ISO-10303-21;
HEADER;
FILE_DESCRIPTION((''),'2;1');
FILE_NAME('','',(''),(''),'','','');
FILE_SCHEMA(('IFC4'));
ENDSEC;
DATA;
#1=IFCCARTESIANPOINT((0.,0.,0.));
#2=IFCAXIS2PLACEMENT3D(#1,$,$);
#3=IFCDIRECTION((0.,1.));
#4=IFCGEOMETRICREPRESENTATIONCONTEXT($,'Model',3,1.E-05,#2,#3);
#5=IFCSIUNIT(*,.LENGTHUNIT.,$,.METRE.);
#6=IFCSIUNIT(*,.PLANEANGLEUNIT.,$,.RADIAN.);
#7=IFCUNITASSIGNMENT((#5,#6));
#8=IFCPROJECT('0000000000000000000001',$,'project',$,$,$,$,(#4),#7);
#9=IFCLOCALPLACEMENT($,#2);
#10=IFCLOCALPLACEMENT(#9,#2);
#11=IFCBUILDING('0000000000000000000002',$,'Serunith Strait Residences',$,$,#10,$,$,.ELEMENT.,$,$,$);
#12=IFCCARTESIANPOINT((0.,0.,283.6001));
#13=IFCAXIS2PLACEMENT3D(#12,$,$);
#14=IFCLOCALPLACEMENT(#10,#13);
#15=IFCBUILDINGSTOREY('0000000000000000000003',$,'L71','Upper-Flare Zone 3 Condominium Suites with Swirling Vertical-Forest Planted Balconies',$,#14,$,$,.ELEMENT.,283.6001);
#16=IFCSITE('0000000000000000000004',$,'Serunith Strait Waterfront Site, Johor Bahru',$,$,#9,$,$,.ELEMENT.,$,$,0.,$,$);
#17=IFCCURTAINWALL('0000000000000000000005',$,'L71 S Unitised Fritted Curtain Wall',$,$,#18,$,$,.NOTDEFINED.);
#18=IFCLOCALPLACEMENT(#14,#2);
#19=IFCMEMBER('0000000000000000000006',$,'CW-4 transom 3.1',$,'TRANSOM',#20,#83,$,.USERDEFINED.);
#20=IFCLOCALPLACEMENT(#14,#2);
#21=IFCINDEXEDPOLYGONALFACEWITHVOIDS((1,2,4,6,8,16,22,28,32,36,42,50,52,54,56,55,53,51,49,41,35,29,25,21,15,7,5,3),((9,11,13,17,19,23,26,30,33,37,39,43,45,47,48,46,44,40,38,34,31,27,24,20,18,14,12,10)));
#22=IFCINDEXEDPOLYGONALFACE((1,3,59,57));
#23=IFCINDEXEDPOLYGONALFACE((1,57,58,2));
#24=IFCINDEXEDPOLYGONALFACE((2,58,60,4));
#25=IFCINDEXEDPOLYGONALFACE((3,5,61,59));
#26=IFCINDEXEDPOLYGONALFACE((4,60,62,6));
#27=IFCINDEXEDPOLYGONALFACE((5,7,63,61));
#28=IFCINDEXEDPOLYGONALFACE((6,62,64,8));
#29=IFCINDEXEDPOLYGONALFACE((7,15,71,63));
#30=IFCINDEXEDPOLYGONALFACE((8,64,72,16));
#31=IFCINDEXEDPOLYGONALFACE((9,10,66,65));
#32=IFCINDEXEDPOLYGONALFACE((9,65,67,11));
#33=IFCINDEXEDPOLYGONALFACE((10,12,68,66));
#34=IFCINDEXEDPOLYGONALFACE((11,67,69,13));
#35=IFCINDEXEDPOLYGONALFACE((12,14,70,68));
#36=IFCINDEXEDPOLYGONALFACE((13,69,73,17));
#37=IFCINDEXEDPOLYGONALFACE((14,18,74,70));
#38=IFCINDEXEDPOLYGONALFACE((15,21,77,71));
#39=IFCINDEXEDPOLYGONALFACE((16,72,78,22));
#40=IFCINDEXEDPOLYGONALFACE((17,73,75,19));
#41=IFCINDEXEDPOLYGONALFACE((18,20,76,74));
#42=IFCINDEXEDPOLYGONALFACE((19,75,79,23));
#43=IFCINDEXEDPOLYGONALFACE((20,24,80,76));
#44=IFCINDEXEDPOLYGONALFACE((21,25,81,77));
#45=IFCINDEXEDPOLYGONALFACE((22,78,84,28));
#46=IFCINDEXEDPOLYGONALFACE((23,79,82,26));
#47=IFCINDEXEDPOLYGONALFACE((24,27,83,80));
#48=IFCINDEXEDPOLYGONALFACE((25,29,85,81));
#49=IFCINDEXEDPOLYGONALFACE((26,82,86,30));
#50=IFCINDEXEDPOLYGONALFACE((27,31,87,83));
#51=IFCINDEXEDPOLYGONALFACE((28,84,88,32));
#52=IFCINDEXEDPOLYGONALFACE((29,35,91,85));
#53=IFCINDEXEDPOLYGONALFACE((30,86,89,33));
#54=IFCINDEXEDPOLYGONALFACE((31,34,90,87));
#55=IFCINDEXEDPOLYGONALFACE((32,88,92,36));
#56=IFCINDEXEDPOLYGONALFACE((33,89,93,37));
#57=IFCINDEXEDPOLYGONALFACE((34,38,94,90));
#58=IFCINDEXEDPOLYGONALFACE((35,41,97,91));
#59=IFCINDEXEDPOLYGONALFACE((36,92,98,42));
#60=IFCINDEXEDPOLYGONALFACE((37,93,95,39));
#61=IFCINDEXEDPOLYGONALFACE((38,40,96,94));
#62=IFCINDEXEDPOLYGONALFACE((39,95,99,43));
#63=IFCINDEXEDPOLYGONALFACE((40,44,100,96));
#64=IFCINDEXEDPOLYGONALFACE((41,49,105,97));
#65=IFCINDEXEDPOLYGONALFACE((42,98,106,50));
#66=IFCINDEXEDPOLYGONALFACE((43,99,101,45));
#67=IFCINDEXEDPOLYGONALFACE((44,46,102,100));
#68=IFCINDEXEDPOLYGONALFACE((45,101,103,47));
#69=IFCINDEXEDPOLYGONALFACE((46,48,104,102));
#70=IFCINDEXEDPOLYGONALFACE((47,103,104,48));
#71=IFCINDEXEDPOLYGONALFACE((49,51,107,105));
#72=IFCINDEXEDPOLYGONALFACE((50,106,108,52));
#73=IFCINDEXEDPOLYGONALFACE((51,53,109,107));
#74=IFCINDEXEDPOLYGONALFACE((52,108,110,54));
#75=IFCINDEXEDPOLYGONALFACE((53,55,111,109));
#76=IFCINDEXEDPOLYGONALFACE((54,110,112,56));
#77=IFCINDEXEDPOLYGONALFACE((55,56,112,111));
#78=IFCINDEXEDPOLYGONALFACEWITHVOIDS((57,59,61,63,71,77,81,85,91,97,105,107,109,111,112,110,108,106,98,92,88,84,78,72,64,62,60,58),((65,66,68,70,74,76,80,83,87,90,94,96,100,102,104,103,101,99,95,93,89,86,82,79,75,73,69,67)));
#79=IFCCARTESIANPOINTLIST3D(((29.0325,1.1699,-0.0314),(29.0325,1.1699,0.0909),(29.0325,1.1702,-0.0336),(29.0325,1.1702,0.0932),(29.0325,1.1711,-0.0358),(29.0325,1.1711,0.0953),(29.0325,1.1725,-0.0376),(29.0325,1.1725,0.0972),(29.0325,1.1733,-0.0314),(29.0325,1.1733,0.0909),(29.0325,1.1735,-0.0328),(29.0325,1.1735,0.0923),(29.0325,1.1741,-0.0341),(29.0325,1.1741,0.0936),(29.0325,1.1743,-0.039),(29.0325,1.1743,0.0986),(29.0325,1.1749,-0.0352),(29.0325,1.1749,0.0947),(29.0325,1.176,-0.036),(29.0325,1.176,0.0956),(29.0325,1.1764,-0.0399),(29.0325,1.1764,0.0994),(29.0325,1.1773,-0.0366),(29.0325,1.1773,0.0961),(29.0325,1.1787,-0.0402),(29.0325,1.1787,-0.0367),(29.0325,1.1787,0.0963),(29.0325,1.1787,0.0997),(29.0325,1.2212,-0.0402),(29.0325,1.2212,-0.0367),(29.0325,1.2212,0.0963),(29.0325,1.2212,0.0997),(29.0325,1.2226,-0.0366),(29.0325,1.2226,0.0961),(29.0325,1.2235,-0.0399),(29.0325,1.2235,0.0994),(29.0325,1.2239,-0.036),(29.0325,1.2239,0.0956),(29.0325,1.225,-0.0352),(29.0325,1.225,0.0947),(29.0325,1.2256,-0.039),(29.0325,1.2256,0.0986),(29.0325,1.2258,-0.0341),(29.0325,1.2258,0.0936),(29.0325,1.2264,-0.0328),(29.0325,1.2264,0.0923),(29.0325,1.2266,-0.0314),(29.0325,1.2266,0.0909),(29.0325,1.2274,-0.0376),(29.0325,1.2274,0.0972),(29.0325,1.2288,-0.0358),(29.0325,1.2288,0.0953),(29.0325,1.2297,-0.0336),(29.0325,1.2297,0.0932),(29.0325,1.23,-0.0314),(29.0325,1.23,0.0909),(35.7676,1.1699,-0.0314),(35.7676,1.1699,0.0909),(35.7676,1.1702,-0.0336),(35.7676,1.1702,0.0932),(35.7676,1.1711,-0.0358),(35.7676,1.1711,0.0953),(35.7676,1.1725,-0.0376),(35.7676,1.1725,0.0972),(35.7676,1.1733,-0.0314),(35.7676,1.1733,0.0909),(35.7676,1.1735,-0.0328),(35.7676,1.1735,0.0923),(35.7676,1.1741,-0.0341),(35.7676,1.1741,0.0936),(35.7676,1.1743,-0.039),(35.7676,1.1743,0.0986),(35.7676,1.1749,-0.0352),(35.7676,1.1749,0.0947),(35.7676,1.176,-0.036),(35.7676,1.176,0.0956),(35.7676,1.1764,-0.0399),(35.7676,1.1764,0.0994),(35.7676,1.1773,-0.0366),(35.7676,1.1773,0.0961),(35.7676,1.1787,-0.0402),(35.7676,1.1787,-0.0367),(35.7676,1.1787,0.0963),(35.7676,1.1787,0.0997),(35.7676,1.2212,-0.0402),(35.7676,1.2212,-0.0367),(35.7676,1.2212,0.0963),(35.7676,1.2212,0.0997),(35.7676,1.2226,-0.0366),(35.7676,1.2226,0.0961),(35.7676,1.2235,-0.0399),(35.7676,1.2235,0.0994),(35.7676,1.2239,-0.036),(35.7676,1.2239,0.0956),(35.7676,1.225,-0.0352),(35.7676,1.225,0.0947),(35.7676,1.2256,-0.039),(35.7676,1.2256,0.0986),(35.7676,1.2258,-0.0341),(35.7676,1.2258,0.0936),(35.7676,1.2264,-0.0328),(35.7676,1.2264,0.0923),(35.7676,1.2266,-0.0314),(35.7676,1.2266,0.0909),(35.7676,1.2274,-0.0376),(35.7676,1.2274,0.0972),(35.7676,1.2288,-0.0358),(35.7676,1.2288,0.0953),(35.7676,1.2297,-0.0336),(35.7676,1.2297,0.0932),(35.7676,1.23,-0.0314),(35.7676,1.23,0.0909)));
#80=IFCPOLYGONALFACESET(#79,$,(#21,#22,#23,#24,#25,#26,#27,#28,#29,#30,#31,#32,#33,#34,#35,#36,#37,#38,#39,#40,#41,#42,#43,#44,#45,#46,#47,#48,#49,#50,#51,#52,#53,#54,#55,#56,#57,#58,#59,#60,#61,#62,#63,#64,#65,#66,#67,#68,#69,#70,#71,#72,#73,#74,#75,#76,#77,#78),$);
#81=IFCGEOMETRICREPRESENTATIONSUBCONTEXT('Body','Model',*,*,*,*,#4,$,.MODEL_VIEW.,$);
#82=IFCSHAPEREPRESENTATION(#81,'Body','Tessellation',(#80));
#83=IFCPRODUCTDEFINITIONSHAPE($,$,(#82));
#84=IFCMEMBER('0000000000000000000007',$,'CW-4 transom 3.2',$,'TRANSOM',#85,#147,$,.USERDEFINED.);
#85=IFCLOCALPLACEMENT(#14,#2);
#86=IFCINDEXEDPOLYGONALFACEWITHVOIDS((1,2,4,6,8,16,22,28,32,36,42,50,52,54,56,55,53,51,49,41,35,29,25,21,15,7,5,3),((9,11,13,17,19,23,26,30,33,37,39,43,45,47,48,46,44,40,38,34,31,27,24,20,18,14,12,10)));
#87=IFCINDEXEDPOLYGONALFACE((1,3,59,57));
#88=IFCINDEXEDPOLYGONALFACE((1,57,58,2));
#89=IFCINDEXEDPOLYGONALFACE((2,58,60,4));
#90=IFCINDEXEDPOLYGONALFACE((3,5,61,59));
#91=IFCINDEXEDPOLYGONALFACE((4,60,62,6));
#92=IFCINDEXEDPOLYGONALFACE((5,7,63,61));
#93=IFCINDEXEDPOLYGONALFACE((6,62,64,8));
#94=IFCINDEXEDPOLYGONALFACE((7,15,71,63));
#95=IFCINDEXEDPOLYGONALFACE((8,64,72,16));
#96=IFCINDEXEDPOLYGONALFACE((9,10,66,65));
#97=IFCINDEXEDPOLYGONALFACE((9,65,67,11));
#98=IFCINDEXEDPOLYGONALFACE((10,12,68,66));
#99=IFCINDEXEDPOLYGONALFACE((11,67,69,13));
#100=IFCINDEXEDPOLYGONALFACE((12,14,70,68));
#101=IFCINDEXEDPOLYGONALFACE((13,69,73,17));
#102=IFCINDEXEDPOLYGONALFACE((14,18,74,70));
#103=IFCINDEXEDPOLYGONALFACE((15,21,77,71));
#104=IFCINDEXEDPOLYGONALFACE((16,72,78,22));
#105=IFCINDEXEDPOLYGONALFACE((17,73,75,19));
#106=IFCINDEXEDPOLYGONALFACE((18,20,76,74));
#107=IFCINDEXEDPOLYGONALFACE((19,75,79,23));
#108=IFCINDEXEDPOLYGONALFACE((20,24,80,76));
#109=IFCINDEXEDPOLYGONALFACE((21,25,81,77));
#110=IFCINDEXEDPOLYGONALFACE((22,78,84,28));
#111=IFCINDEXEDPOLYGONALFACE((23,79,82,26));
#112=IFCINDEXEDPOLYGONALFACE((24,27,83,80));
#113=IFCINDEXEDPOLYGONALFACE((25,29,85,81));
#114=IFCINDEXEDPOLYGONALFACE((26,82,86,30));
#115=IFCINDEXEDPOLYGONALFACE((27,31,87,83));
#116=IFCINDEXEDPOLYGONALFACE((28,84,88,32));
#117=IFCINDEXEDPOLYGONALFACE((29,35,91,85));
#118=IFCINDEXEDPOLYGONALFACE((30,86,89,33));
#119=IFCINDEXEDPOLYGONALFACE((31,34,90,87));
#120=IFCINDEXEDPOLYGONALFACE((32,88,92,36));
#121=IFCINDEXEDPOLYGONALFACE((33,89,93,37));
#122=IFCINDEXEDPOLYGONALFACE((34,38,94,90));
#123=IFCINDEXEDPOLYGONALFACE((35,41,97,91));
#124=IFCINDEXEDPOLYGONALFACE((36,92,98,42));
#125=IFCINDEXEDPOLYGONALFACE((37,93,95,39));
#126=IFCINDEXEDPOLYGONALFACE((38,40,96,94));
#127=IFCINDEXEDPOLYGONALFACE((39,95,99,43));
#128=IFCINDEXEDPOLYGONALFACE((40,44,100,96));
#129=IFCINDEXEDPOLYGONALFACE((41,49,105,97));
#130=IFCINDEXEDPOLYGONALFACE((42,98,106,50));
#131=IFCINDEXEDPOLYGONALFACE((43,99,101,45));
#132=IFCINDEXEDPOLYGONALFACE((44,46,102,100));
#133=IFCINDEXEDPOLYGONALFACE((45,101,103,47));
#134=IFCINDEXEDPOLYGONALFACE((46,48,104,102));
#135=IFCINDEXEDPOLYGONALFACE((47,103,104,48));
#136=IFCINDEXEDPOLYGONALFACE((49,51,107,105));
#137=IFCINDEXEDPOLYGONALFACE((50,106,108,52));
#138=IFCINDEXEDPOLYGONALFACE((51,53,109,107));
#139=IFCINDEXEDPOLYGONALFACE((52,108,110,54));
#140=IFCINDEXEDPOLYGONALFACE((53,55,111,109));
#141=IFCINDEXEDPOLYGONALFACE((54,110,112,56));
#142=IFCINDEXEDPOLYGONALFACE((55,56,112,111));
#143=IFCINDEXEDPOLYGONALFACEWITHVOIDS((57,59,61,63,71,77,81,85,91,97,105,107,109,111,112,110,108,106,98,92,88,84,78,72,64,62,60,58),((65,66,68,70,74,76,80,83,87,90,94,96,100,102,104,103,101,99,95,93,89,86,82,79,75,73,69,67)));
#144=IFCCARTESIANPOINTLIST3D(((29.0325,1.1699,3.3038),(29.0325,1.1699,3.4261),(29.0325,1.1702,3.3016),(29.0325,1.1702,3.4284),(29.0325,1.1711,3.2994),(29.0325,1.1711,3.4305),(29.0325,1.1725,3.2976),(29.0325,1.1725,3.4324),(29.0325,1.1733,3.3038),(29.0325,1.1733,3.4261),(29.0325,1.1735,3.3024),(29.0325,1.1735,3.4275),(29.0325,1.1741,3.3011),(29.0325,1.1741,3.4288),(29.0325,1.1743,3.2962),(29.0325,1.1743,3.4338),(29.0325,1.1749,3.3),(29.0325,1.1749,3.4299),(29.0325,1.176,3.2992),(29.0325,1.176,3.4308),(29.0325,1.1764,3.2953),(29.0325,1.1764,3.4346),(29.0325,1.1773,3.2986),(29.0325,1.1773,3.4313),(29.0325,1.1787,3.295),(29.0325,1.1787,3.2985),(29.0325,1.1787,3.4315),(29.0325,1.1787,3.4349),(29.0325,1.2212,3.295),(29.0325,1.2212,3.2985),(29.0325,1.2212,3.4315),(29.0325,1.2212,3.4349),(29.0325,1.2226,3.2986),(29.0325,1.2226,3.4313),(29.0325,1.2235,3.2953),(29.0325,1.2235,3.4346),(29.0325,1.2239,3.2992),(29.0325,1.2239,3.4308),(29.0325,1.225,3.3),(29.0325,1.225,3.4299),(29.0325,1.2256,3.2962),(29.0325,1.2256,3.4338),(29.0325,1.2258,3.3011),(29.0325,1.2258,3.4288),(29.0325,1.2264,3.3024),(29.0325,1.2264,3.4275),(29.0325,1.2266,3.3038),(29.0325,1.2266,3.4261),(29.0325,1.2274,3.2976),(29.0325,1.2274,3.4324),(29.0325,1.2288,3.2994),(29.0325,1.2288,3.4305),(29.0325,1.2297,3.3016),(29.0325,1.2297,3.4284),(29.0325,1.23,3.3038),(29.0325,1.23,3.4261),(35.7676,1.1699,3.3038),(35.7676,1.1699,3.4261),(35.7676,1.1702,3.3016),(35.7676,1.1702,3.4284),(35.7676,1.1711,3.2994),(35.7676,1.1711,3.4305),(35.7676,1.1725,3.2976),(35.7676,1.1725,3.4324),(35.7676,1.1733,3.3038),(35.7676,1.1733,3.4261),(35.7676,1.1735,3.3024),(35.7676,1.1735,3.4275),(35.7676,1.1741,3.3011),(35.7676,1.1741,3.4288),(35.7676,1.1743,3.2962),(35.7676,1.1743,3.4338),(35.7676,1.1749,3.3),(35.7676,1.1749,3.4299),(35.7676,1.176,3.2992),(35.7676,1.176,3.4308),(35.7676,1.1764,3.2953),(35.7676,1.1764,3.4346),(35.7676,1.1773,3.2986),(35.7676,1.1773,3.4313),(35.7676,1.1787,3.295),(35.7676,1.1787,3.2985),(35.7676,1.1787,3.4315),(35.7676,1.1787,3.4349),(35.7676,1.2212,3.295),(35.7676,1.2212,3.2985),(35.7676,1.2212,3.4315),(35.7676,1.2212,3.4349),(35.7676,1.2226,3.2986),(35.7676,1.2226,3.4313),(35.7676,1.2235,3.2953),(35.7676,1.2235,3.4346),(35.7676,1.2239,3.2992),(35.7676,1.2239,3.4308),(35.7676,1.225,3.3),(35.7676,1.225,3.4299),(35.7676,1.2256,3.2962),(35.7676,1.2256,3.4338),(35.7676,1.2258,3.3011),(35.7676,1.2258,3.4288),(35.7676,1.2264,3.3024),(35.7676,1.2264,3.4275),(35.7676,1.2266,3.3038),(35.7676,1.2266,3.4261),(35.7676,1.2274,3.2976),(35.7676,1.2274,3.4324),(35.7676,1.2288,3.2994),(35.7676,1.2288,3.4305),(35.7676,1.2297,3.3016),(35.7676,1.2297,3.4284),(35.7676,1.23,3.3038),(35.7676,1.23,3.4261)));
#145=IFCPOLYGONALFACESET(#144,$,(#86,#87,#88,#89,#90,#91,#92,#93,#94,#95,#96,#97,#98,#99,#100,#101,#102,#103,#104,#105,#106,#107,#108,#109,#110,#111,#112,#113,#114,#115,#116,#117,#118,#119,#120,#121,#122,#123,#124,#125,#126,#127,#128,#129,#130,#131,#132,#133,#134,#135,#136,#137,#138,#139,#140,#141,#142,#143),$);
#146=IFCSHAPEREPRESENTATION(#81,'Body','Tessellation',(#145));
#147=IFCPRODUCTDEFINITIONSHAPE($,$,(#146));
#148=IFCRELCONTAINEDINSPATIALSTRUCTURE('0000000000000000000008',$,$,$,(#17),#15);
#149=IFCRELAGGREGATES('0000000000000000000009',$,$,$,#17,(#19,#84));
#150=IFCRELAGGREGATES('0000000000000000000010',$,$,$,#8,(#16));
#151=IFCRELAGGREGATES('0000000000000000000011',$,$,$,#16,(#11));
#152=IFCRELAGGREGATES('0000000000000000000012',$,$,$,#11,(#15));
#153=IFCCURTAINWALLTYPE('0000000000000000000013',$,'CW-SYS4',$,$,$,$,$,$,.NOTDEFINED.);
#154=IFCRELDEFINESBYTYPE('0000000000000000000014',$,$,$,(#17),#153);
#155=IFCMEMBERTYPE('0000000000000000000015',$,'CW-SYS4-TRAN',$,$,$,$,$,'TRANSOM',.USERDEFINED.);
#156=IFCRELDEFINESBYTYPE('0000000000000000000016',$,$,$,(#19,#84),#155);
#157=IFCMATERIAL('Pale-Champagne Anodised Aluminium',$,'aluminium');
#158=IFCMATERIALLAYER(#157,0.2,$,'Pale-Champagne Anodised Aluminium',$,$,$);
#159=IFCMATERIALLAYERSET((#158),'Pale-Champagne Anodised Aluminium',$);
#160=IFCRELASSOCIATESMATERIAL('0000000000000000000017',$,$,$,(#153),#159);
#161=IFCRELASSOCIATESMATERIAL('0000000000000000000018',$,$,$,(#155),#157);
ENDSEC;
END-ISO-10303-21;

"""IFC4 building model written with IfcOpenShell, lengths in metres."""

from ifc_helpers import new_model, si_unit, direction, frame, origin, origin_2d, place, context, subcontext, project, spatial, hollow_rectangle, extrude, source, transform, mapped, material, layer, layer_set, material_profile, profile_set, type_object, element, aggregate, save


model = new_model("IFC4")

# Units and contexts
model_context = context("Model", 3, precision=1e-05, world=origin(), true_north=direction((0.0, 1.0)))
body_context = subcontext(model_context, "Body", "Model", "MODEL_VIEW")
ifc_project = project(units=[si_unit("LENGTHUNIT", "METRE"), si_unit("PLANEANGLEUNIT", "RADIAN")], contexts=[model_context])

# Site, building, storey
site_placement = place(None, origin())
site = spatial("IfcSite", under=ifc_project, at=site_placement, Name="Serunith Strait Waterfront Site, Johor Bahru", CompositionType="ELEMENT", RefElevation=0.0)
building_placement = place(site_placement, origin())
building = spatial("IfcBuilding", under=site, at=building_placement, Name="Serunith Strait Residences", CompositionType="ELEMENT")
storey_placement = place(building_placement, frame((0.0, 0.0, 283.6001)))
storey = spatial("IfcBuildingStorey", under=building, at=storey_placement, Name="L71", Description="Upper-Flare Zone 3 Condominium Suites with Swirling Vertical-Forest Planted Balconies", CompositionType="ELEMENT", Elevation=283.6001)

# Curtain wall, members
ifc_material_1 = material(Name="Pale-Champagne Anodised Aluminium", Category="aluminium")
ifc_layer_1 = layer(ifc_material_1, 0.2, Name="Pale-Champagne Anodised Aluminium")
ifc_layer_set_1 = layer_set([ifc_layer_1], Name="Pale-Champagne Anodised Aluminium")
curtain_wall_type = type_object("IfcCurtainWallType", Name="CW-SYS4", PredefinedType="NOTDEFINED", material=ifc_layer_set_1)
curtain_wall_placement = place(storey_placement, origin())
curtain_wall = element("IfcCurtainWall", 1, at=curtain_wall_placement, inside=storey, type_object=curtain_wall_type, Name="L71 S Unitised Fritted Curtain Wall", PredefinedType="NOTDEFINED")
ifc_material_profile_1 = material_profile(ifc_material_1, hollow_rectangle(XDim=0.0601, YDim=0.1399, WallThickness=0.0034, InnerFilletRadius=0.0054, OuterFilletRadius=0.0088, at=origin_2d()), Name="ALU 140x60x3.5")
ifc_profile_set_1 = profile_set([ifc_material_profile_1], Name="Pale-Champagne Anodised Aluminium")
member_type_1 = type_object("IfcMemberType", Name="CW-SYS4-TRAN", ElementType="TRANSOM", PredefinedType="USERDEFINED", material=ifc_profile_set_1)
shared_shape_1 = source(origin(), body_context, "Body", "SweptSolid", [
    extrude(hollow_rectangle(XDim=0.0601, YDim=0.1399, WallThickness=0.0034, InnerFilletRadius=0.0054, OuterFilletRadius=0.0088, at=origin_2d()), origin(), (0.0, 0.0, 1.0), 6.7351),
])
member_1_placement = place(storey_placement, frame((29.0325, 1.2, 0.0298), z_axis=(1.0, 0.0, 0.0), x_axis=(0.0, 1.0, 0.0)))
member_1 = element("IfcMember", 2, at=member_1_placement, type_object=member_type_1, Name="CW-4 transom 3.1", ObjectType="TRANSOM", PredefinedType="USERDEFINED", context=body_context, shape_type="MappedRepresentation", body=[
    mapped(shared_shape_1, transform((0.0, 0.0, 0.0), scale=1.0)),
])
member_2_placement = place(storey_placement, frame((29.0325, 1.2, 3.365), z_axis=(1.0, 0.0, 0.0), x_axis=(0.0, 1.0, 0.0)))
member_2 = element("IfcMember", 3, at=member_2_placement, type_object=member_type_1, Name="CW-4 transom 3.2", ObjectType="TRANSOM", PredefinedType="USERDEFINED", context=body_context, shape_type="MappedRepresentation", body=[
    mapped(shared_shape_1, transform((0.0, 0.0, 0.0), scale=1.0)),
])
aggregate(curtain_wall, [member_1, member_2])

save(model, "model.ifc")
